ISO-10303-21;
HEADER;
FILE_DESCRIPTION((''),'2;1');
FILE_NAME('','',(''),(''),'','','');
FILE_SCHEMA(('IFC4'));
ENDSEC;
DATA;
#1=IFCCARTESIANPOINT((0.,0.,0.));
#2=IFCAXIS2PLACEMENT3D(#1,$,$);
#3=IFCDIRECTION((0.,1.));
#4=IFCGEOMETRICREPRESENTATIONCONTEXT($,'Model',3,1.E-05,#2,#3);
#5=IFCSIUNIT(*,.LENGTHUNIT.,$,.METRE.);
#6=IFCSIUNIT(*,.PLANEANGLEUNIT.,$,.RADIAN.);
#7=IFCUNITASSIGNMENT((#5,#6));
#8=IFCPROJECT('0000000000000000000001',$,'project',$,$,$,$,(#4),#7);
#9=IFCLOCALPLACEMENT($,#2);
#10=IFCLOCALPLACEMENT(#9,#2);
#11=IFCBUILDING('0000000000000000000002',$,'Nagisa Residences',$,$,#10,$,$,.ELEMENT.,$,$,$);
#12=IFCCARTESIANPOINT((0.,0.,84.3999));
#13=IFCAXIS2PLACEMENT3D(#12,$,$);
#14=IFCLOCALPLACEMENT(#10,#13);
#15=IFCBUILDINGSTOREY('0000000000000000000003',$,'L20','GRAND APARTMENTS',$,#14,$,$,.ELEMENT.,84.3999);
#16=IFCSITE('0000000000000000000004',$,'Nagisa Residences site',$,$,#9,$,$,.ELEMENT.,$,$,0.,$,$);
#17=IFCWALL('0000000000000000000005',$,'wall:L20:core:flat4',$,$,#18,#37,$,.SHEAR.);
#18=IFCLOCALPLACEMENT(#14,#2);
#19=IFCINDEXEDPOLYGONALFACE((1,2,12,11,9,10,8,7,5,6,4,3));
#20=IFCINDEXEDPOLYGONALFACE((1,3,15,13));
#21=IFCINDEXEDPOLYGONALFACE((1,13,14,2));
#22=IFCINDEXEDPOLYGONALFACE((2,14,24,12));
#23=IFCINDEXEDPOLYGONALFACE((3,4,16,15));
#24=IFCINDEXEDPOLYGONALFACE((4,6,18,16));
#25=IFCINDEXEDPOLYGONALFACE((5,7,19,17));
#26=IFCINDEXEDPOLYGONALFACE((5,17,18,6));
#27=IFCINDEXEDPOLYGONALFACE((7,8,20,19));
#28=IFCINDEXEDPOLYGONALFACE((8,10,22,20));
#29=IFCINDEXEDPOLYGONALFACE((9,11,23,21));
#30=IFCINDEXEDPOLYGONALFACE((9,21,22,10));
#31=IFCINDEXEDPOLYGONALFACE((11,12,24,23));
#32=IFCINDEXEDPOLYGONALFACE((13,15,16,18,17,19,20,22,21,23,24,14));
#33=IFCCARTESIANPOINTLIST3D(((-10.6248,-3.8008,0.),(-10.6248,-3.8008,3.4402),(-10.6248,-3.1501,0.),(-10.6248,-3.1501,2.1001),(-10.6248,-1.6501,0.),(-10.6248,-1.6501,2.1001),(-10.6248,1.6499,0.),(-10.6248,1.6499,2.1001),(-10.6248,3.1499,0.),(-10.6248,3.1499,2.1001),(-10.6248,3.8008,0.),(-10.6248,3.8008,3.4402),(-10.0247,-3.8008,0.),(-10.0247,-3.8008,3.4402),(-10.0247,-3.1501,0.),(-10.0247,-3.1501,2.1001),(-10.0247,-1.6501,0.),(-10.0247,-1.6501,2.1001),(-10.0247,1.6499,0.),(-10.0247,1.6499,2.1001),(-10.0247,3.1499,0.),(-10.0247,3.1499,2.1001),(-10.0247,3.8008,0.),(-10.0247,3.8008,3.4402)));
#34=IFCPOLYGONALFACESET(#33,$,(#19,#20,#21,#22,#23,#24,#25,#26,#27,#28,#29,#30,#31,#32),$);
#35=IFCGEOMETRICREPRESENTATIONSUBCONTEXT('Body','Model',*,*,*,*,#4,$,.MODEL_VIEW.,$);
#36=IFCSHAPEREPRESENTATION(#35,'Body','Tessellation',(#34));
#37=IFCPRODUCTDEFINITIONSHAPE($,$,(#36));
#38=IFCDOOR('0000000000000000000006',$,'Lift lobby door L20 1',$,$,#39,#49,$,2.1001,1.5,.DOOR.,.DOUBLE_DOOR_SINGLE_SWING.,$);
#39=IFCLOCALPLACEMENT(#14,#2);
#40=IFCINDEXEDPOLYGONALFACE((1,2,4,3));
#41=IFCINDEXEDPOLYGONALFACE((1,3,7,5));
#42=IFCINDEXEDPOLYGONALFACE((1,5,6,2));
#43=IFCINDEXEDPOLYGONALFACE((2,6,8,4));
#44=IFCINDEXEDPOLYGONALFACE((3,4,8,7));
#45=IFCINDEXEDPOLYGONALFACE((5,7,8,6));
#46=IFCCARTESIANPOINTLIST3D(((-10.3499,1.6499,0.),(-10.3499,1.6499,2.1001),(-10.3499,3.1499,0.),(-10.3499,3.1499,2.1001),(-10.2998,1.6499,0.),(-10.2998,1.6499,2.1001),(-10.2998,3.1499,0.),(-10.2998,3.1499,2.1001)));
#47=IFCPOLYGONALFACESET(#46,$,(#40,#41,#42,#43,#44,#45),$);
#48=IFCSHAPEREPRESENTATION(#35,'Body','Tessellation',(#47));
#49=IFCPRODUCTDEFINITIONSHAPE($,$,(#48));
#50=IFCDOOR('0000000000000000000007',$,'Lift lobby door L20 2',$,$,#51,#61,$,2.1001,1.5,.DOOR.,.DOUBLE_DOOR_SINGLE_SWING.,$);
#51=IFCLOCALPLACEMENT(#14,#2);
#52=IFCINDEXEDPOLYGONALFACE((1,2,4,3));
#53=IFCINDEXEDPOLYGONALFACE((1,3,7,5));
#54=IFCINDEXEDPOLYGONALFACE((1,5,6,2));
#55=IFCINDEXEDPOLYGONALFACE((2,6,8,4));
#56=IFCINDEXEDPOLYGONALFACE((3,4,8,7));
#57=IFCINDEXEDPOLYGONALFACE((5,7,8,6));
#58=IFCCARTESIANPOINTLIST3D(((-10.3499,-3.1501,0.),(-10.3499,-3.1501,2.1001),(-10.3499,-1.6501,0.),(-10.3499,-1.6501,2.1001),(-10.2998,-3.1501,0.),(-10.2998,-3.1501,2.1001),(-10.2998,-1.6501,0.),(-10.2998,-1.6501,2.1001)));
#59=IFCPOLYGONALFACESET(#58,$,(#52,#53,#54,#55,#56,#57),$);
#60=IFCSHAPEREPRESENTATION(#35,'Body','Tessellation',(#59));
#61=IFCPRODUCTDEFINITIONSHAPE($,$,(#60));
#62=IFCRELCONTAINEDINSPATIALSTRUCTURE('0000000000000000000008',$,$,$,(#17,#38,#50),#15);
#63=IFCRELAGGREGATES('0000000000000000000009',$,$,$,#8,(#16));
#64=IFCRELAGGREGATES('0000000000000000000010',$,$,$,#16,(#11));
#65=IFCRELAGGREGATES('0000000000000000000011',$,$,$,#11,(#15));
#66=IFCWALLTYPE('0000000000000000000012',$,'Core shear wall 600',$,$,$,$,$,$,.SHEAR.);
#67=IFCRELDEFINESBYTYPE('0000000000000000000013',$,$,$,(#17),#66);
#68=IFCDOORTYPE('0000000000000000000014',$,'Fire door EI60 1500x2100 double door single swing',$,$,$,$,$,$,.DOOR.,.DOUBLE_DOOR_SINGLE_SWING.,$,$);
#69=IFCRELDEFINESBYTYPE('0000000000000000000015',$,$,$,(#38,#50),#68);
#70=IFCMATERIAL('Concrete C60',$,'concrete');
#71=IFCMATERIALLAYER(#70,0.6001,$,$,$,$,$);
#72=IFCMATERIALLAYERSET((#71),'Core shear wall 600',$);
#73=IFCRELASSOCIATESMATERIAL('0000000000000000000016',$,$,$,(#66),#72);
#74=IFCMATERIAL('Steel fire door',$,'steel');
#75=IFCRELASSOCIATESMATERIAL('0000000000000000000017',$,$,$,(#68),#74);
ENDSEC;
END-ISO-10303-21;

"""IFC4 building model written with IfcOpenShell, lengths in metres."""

from ifc_helpers import new_model, si_unit, direction, frame, frame_2d, origin, place, context, subcontext, project, spatial, rectangle, extrude, material, layer, layer_set, type_object, element, fill, save


model = new_model("IFC4")

# Units and contexts
model_context = context("Model", 3, precision=1e-05, world=origin(), true_north=direction((0.0, 1.0)))
body_context = subcontext(model_context, "Body", "Model", "MODEL_VIEW")
ifc_project = project(units=[si_unit("LENGTHUNIT", "METRE"), si_unit("PLANEANGLEUNIT", "RADIAN")], contexts=[model_context])

# Site, building, storey
site_placement = place(None, origin())
site = spatial("IfcSite", under=ifc_project, at=site_placement, Name="Nagisa Residences site", CompositionType="ELEMENT", RefElevation=0.0)
building_placement = place(site_placement, origin())
building = spatial("IfcBuilding", under=site, at=building_placement, Name="Nagisa Residences", CompositionType="ELEMENT")
storey_placement = place(building_placement, frame((0.0, 0.0, 84.3999)))
storey = spatial("IfcBuildingStorey", under=building, at=storey_placement, Name="L20", Description="GRAND APARTMENTS", CompositionType="ELEMENT", Elevation=84.3999)

# Wall, openings, doors
ifc_material_1 = material(Name="Concrete C60", Category="concrete")
ifc_layer_1 = layer(ifc_material_1, 0.6001)
ifc_layer_set_1 = layer_set([ifc_layer_1], Name="Core shear wall 600")
wall_type_1 = type_object("IfcWallType", Name="Core shear wall 600", PredefinedType="SHEAR", material=ifc_layer_set_1)
wall_1_placement = place(storey_placement, frame((-10.3247, 3.8008, 0.0), z_axis=(0.0, 0.0, 1.0), x_axis=(0.0, -1.0, 0.0)))
wall_1 = element("IfcWall", 1, at=wall_1_placement, inside=storey, type_object=wall_type_1, Name="wall:L20:core:flat4", PredefinedType="SHEAR", context=body_context, shape_type="SweptSolid", body=[
    extrude(rectangle(XDim=7.6016, YDim=0.6001, at=frame_2d((3.8008, 0.0))), origin(), (0.0, 0.0, 1.0), 3.4402),
])
opening_1_placement = place(wall_1_placement, frame((0.6509, 0.0, 0.0)))
opening_1 = element("IfcOpeningElement", 2, at=opening_1_placement, cuts=wall_1, PredefinedType="OPENING", context=body_context, shape_type="SweptSolid", body=[
    extrude(rectangle(XDim=1.5, YDim=2.1001, at=frame_2d((0.75, 1.05))), frame((0.0, 0.3101, 0.0), z_axis=(0.0, -1.0, 0.0), x_axis=(1.0, 0.0, 0.0)), (0.0, 0.0, 1.0), 0.6201),
])
opening_2_placement = place(wall_1_placement, frame((5.4509, 0.0, 0.0)))
opening_2 = element("IfcOpeningElement", 3, at=opening_2_placement, cuts=wall_1, PredefinedType="OPENING", context=body_context, shape_type="SweptSolid", body=[
    extrude(rectangle(XDim=1.5, YDim=2.1001, at=frame_2d((0.75, 1.05))), frame((0.0, 0.3101, 0.0), z_axis=(0.0, -1.0, 0.0), x_axis=(1.0, 0.0, 0.0)), (0.0, 0.0, 1.0), 0.6201),
])
ifc_material_2 = material(Name="Steel fire door", Category="steel")
door_type_1 = type_object("IfcDoorType", Name="Fire door EI60 1500x2100 double door single swing", OperationType="DOUBLE_DOOR_SINGLE_SWING", PredefinedType="DOOR", material=ifc_material_2)
door_1_placement = place(opening_1_placement, origin())
door_1 = element("IfcDoor", 4, at=door_1_placement, inside=storey, type_object=door_type_1, Name="Lift lobby door L20 1", OperationType="DOUBLE_DOOR_SINGLE_SWING", OverallHeight=2.1001, OverallWidth=1.5, PredefinedType="DOOR", context=body_context, shape_type="SweptSolid", body=[
    extrude(rectangle(XDim=1.5, YDim=2.1001, at=frame_2d((0.75, 1.05))), frame((0.0, 0.0249, 0.0), z_axis=(0.0, -1.0, 0.0), x_axis=(1.0, 0.0, 0.0)), (0.0, 0.0, 1.0), 0.05),
])
fill(opening_1, door_1)
door_2_placement = place(opening_2_placement, origin())
door_2 = element("IfcDoor", 5, at=door_2_placement, inside=storey, type_object=door_type_1, Name="Lift lobby door L20 2", OperationType="DOUBLE_DOOR_SINGLE_SWING", OverallHeight=2.1001, OverallWidth=1.5, PredefinedType="DOOR", context=body_context, shape_type="SweptSolid", body=[
    extrude(rectangle(XDim=1.5, YDim=2.1001, at=frame_2d((0.75, 1.05))), frame((0.0, 0.0249, 0.0), z_axis=(0.0, -1.0, 0.0), x_axis=(1.0, 0.0, 0.0)), (0.0, 0.0, 1.0), 0.05),
])
fill(opening_2, door_2)

save(model, "model.ifc")
